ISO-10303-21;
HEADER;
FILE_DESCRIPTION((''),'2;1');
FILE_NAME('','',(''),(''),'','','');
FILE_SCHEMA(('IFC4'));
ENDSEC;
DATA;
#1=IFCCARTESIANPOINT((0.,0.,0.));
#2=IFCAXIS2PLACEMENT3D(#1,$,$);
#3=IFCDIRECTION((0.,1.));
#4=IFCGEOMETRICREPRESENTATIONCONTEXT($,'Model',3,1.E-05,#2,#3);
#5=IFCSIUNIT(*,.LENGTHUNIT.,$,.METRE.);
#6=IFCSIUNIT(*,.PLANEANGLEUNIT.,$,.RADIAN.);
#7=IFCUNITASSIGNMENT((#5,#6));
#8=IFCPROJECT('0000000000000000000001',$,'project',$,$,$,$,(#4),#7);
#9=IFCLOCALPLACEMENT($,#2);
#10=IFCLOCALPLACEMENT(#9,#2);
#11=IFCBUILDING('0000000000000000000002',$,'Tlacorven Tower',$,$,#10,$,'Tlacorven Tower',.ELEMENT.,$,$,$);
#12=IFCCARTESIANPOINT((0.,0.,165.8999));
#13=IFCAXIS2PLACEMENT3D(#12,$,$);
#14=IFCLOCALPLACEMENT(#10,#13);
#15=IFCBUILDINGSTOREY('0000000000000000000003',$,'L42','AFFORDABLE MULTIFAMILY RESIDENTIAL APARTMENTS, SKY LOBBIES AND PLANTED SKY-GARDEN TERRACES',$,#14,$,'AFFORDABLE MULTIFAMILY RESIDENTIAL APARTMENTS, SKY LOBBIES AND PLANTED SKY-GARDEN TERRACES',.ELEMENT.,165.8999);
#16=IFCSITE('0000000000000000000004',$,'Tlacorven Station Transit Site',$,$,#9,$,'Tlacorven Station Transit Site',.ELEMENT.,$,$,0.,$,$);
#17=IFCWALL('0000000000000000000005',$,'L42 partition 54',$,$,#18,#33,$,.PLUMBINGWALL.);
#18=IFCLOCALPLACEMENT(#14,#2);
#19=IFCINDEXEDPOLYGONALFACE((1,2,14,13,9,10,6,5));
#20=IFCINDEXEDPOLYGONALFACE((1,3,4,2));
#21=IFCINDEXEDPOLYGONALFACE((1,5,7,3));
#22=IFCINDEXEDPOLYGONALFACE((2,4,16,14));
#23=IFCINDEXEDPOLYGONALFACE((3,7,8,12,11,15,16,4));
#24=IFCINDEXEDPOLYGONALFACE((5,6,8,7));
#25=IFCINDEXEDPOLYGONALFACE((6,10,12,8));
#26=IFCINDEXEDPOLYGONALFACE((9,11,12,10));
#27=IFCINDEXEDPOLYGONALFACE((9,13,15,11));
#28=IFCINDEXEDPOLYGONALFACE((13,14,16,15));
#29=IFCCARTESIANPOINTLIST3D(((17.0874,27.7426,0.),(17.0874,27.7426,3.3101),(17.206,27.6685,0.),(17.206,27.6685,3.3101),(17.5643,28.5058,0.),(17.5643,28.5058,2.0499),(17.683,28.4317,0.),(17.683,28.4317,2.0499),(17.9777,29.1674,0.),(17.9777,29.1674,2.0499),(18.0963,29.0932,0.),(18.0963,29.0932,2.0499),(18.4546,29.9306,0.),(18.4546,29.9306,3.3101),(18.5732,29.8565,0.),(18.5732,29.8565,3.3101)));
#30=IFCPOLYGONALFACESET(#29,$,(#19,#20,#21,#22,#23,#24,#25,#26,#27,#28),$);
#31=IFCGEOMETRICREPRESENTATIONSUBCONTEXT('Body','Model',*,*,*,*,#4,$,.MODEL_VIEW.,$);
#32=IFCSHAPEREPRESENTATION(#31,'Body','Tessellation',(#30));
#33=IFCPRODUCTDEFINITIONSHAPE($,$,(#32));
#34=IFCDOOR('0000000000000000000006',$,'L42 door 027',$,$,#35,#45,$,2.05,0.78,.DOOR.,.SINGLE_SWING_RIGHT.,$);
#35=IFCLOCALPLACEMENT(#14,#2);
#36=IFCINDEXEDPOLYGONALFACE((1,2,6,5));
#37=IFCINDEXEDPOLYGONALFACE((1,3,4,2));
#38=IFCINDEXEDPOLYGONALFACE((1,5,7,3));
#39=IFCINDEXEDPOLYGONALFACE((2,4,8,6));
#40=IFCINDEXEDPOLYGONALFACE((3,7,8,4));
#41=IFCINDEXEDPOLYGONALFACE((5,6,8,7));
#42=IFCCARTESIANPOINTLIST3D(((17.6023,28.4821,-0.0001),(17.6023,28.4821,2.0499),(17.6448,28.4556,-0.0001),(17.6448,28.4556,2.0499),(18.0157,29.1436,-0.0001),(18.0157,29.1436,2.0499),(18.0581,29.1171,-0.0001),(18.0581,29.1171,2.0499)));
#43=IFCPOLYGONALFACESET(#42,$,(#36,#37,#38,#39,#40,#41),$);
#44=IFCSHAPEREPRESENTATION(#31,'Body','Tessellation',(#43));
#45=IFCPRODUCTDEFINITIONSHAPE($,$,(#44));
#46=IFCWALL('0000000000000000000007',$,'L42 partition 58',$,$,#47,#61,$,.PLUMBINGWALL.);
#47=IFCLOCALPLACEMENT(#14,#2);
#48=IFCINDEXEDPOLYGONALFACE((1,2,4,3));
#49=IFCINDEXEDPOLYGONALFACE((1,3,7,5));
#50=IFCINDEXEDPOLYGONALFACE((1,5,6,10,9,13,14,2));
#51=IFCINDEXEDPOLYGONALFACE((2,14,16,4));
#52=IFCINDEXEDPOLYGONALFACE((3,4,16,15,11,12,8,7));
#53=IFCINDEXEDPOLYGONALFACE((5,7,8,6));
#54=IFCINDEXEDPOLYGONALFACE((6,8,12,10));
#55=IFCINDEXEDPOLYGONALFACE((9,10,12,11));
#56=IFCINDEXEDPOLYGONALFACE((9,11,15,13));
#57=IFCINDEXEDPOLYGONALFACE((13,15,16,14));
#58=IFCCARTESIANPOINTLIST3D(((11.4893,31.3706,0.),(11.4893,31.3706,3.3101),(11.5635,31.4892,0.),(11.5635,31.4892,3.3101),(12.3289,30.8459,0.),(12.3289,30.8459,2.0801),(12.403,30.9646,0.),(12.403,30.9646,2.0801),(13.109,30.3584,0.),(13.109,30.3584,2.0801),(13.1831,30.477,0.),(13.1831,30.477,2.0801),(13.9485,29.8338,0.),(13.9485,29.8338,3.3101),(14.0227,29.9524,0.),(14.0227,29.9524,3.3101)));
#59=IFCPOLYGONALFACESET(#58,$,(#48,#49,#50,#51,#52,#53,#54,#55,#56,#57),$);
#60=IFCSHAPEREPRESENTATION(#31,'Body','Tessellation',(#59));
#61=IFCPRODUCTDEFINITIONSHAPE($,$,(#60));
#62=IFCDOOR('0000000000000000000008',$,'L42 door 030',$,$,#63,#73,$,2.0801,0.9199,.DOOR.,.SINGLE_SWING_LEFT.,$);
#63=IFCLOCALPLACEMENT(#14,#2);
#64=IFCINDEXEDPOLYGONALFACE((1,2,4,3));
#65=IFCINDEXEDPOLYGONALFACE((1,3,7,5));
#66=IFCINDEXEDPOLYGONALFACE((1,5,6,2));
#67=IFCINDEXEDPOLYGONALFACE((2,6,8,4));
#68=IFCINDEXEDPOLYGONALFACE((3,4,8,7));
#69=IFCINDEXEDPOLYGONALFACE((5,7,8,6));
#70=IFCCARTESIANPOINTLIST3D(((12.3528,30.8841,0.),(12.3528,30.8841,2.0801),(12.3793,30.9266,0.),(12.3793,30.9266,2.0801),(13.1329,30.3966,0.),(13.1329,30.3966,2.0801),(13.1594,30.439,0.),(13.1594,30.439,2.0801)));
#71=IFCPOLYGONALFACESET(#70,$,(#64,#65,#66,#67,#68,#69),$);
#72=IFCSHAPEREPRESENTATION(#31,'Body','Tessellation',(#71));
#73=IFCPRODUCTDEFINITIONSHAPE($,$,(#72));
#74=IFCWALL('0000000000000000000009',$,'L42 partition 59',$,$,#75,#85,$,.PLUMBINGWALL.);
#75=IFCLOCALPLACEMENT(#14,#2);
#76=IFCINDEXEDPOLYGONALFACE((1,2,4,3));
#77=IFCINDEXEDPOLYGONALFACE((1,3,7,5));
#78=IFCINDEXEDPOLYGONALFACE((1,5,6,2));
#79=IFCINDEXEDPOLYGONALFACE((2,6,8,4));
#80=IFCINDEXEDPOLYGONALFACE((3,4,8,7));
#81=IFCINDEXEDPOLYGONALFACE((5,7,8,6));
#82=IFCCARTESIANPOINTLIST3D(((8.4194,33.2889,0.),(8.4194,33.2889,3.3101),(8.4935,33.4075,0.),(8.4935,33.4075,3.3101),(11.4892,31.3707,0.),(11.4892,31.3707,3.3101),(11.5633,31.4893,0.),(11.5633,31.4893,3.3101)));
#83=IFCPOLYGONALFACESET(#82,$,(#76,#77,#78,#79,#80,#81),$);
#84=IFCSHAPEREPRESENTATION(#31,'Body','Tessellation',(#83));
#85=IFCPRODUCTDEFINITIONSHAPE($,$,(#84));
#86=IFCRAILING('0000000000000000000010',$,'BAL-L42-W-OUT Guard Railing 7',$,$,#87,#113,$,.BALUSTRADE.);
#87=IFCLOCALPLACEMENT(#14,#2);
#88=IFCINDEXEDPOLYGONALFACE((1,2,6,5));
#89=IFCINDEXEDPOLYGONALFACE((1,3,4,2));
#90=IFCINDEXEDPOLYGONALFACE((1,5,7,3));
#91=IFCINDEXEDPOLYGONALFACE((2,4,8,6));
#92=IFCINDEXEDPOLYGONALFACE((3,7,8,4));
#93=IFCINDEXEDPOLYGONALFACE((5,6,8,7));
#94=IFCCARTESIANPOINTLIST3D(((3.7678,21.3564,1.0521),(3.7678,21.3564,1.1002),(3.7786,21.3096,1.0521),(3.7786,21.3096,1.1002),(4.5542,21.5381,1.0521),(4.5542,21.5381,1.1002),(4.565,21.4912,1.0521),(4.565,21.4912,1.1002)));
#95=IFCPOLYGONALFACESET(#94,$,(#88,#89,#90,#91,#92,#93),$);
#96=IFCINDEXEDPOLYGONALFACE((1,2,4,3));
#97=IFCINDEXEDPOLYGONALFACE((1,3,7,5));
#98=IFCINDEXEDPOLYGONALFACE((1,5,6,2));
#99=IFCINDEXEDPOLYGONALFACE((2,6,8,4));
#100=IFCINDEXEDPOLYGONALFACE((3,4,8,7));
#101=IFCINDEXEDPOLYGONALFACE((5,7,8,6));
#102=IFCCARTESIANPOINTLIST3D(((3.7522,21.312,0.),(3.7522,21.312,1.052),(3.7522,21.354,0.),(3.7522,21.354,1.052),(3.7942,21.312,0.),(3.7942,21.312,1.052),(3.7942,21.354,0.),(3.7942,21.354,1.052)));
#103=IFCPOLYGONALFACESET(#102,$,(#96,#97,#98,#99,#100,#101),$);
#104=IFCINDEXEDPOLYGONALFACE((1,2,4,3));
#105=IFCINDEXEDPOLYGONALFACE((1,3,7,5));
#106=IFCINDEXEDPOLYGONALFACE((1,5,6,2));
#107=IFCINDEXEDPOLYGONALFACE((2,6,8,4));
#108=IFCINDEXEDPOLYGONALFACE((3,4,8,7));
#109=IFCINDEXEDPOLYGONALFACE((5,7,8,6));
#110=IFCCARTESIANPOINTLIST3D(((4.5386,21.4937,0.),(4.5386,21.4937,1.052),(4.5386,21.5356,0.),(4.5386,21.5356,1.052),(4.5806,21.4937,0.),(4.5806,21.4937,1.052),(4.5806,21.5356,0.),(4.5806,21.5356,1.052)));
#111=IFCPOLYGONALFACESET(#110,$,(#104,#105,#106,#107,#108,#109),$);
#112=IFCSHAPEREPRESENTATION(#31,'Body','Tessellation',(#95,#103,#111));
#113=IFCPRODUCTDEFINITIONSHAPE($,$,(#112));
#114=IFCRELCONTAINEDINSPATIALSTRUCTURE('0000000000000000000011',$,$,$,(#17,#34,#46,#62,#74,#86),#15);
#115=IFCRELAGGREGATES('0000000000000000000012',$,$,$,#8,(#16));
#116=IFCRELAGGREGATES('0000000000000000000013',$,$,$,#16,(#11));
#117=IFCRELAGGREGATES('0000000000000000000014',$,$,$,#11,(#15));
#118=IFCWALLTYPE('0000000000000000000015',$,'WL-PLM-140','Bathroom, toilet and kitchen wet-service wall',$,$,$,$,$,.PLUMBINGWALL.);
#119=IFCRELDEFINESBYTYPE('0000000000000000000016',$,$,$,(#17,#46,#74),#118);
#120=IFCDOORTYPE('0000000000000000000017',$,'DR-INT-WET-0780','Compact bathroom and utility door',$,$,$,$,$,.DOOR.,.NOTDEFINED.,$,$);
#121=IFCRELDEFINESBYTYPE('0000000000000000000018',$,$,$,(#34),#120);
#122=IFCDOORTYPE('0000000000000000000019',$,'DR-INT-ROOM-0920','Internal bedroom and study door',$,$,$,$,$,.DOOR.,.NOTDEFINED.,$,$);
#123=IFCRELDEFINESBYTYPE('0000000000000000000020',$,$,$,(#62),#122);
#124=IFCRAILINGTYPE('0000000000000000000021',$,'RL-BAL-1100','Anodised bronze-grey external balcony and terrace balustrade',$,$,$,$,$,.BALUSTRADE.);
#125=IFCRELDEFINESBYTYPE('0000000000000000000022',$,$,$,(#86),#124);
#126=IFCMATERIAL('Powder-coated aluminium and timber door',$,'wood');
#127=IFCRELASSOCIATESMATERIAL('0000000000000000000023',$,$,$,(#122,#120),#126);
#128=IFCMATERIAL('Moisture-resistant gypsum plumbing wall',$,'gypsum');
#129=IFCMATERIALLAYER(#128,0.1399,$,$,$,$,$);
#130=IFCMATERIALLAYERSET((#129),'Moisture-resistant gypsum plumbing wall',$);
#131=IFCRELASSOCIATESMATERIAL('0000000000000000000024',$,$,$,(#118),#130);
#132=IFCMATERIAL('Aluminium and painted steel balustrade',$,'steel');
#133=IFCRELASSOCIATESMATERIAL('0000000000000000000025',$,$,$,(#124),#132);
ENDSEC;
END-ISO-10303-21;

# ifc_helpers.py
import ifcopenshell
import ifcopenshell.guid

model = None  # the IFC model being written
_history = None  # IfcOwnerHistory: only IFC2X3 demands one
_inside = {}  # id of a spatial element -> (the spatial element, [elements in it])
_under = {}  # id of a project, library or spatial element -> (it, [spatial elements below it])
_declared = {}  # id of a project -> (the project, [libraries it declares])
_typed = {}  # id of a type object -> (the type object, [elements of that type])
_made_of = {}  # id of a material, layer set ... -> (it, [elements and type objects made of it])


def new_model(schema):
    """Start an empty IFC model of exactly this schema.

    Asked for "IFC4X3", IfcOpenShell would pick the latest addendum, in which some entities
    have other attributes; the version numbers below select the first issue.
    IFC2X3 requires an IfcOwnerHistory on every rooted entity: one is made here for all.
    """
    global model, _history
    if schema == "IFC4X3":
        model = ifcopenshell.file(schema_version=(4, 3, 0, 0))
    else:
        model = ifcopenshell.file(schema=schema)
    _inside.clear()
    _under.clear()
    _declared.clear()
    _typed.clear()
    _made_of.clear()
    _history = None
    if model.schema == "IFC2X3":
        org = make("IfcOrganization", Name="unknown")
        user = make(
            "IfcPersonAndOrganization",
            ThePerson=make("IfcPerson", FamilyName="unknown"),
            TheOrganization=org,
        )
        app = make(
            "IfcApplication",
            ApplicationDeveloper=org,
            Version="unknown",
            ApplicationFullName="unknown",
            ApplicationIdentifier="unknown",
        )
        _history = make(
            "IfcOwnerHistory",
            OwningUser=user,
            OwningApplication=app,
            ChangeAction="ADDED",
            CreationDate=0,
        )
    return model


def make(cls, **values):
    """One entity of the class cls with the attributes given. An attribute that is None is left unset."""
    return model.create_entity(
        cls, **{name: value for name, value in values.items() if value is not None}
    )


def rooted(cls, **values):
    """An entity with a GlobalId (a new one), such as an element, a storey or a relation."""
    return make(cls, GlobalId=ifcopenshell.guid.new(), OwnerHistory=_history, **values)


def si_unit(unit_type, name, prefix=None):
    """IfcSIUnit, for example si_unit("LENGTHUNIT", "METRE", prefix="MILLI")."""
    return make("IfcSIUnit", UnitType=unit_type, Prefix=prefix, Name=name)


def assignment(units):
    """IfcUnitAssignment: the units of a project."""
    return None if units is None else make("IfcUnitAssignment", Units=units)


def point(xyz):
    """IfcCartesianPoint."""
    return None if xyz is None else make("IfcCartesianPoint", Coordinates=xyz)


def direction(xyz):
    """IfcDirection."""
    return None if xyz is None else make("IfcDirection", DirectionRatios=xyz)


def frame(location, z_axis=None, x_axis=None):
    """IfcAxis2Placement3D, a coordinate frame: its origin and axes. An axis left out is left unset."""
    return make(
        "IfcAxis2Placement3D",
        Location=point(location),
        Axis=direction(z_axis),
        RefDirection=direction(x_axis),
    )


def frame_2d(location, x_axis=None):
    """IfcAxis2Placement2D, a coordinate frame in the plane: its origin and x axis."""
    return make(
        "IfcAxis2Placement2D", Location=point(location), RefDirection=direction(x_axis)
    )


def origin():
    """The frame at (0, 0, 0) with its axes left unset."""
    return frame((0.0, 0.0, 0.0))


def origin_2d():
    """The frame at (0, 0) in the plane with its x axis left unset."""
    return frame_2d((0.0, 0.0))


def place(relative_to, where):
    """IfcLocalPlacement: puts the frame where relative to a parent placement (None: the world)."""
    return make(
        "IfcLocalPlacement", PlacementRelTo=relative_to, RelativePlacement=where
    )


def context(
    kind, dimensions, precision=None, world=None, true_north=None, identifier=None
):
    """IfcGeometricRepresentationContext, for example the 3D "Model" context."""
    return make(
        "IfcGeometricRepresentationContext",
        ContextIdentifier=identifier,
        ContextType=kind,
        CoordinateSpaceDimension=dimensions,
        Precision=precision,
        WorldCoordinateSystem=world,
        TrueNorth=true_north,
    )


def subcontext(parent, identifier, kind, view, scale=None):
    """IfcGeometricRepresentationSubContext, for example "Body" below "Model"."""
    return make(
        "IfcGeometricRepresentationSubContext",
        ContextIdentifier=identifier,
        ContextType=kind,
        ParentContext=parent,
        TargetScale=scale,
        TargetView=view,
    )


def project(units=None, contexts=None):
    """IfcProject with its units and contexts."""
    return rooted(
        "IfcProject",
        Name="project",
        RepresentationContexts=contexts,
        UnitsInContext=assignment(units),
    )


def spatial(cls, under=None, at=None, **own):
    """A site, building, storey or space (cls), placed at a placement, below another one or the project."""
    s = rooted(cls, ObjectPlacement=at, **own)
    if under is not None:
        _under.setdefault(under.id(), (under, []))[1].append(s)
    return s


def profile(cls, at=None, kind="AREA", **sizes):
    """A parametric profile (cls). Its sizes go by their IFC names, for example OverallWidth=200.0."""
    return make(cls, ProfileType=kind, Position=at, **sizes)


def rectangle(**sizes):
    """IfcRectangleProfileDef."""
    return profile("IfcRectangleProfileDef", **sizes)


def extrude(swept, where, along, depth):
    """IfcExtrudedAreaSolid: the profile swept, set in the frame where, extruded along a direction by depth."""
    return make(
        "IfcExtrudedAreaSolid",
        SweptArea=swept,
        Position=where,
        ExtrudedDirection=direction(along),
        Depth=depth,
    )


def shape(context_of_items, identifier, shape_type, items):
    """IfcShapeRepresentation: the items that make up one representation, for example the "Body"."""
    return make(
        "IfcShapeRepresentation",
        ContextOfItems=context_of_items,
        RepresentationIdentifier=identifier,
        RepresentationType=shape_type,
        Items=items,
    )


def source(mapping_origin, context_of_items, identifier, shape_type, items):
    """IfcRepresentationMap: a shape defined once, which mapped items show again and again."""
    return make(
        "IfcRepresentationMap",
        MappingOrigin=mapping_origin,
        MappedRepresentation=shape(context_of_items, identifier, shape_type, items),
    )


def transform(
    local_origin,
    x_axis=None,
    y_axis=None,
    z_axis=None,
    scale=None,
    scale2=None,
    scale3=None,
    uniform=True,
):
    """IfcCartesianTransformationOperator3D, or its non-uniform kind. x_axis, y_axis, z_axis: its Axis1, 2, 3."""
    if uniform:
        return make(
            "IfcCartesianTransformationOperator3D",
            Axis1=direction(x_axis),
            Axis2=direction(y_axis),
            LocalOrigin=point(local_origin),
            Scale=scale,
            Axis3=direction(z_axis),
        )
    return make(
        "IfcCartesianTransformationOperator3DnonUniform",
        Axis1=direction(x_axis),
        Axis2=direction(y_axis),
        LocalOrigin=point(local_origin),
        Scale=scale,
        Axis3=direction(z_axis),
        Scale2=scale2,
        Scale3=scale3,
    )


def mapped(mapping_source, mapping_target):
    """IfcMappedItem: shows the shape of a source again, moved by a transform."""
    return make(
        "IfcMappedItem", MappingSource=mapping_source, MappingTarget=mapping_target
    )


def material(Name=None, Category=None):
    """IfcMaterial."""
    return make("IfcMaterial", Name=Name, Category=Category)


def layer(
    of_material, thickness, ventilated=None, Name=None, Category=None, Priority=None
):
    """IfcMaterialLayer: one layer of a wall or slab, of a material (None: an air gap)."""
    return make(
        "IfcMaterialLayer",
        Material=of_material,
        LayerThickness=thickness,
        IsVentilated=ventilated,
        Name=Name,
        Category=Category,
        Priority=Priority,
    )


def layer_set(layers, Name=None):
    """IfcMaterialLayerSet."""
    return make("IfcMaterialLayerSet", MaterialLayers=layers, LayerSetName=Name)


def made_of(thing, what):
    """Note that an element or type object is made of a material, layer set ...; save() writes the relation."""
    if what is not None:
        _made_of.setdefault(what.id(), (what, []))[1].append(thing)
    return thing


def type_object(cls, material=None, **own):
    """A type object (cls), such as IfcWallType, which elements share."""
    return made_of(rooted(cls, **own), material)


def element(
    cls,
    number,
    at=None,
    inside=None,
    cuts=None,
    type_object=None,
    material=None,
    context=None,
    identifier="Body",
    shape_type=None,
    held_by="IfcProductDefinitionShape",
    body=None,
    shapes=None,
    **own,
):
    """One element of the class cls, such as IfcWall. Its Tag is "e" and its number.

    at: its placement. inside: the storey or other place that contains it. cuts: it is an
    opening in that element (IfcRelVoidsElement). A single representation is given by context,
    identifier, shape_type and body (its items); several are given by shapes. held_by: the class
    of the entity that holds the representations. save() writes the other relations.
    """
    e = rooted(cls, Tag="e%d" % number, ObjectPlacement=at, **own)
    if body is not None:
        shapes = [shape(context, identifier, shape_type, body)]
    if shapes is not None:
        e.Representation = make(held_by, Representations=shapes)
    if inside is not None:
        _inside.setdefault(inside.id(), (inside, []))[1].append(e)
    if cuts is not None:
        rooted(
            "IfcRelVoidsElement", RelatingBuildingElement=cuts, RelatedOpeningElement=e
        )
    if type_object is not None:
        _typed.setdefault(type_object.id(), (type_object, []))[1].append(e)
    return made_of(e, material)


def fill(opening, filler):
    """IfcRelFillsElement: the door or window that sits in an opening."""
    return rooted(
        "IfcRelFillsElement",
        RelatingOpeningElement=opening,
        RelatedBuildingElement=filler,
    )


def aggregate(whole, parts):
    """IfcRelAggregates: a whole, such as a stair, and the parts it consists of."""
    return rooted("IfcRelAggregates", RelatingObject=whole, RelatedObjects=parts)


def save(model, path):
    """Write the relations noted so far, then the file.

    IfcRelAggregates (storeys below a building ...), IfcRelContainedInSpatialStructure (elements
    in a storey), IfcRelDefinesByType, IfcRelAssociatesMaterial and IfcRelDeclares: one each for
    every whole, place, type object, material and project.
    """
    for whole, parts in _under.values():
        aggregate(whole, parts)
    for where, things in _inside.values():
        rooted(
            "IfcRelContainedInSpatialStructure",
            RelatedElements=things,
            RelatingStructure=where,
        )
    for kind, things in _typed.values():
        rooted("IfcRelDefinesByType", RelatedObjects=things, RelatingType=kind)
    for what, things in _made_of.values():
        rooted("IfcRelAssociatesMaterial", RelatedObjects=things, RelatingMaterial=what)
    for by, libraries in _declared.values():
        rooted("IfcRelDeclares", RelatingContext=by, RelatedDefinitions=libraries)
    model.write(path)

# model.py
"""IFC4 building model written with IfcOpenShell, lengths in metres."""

from ifc_helpers import new_model, si_unit, direction, frame, frame_2d, origin, origin_2d, place, context, subcontext, project, spatial, rectangle, extrude, source, transform, mapped, material, layer, layer_set, type_object, element, fill, save


model = new_model("IFC4")

# Units and contexts
model_context = context("Model", 3, precision=1e-05, world=origin(), true_north=direction((0.0, 1.0)))
body_context = subcontext(model_context, "Body", "Model", "MODEL_VIEW")
ifc_project = project(units=[si_unit("LENGTHUNIT", "METRE"), si_unit("PLANEANGLEUNIT", "RADIAN")], contexts=[model_context])

# Site, building, storey
site_placement = place(None, origin())
site = spatial("IfcSite", under=ifc_project, at=site_placement, Name="Tlacorven Station Transit Site", LongName="Tlacorven Station Transit Site", CompositionType="ELEMENT", RefElevation=0.0)
building_placement = place(site_placement, origin())
building = spatial("IfcBuilding", under=site, at=building_placement, Name="Tlacorven Tower", LongName="Tlacorven Tower", CompositionType="ELEMENT")
storey_placement = place(building_placement, frame((0.0, 0.0, 165.8999)))
storey = spatial("IfcBuildingStorey", under=building, at=storey_placement, Name="L42", Description="AFFORDABLE MULTIFAMILY RESIDENTIAL APARTMENTS, SKY LOBBIES AND PLANTED SKY-GARDEN TERRACES", LongName="AFFORDABLE MULTIFAMILY RESIDENTIAL APARTMENTS, SKY LOBBIES AND PLANTED SKY-GARDEN TERRACES", CompositionType="ELEMENT", Elevation=165.8999)

# Walls, openings, doors
ifc_material_1 = material(Name="Powder-coated aluminium and timber door", Category="wood")
door_type_1 = type_object("IfcDoorType", Name="DR-INT-ROOM-0920", Description="Internal bedroom and study door", OperationType="NOTDEFINED", PredefinedType="DOOR", material=ifc_material_1)
shared_shape_1 = source(origin(), body_context, "Body", "SweptSolid", [
    extrude(rectangle(XDim=0.9199, YDim=2.0801, at=frame_2d((0.46, 1.04))), frame((0.0, 0.0249, 0.0), z_axis=(0.0, -1.0, 0.0), x_axis=(1.0, 0.0, 0.0)), (0.0, 0.0, 1.0), 0.05),
])
ifc_material_2 = material(Name="Moisture-resistant gypsum plumbing wall", Category="gypsum")
ifc_layer_1 = layer(ifc_material_2, 0.1399)
ifc_layer_set_1 = layer_set([ifc_layer_1], Name="Moisture-resistant gypsum plumbing wall")
wall_type_1 = type_object("IfcWallType", Name="WL-PLM-140", Description="Bathroom, toilet and kitchen wet-service wall", PredefinedType="PLUMBINGWALL", material=ifc_layer_set_1)
wall_1_placement = place(storey_placement, frame((18.5139, 29.8936, 0.0), z_axis=(0.0, 0.0, 1.0), x_axis=(-0.529914, -0.848051, 0.0)))
wall_1 = element("IfcWall", 1, at=wall_1_placement, inside=storey, type_object=wall_type_1, Name="L42 partition 54", PredefinedType="PLUMBINGWALL", context=body_context, shape_type="SweptSolid", body=[
    extrude(rectangle(XDim=2.5801, YDim=0.1399, at=frame_2d((1.29, 0.0))), origin(), (0.0, 0.0, 1.0), 3.3101),
])
opening_1_placement = place(wall_1_placement, frame((0.8999, 0.0, 0.0)))
opening_1 = element("IfcOpeningElement", 2, at=opening_1_placement, cuts=wall_1, PredefinedType="OPENING", context=body_context, shape_type="SweptSolid", body=[
    extrude(rectangle(XDim=0.78, YDim=2.05, at=frame_2d((0.3901, 1.0249))), frame((0.0, 0.0801, 0.0), z_axis=(0.0, -1.0, 0.0), x_axis=(1.0, 0.0, 0.0)), (0.0, 0.0, 1.0), 0.1599),
])
door_type_2 = type_object("IfcDoorType", Name="DR-INT-WET-0780", Description="Compact bathroom and utility door", OperationType="NOTDEFINED", PredefinedType="DOOR", material=ifc_material_1)
shared_shape_2 = source(origin(), body_context, "Body", "SweptSolid", [
    extrude(rectangle(XDim=0.78, YDim=2.05, at=frame_2d((0.3901, 1.0249))), frame((0.0, 0.0249, 0.0), z_axis=(0.0, -1.0, 0.0), x_axis=(1.0, 0.0, 0.0)), (0.0, 0.0, 1.0), 0.05),
])
door_1_placement = place(opening_1_placement, origin())
door_1 = element("IfcDoor", 3, at=door_1_placement, inside=storey, type_object=door_type_2, Name="L42 door 027", OperationType="SINGLE_SWING_RIGHT", OverallHeight=2.05, OverallWidth=0.78, PredefinedType="DOOR", context=body_context, shape_type="MappedRepresentation", body=[
    mapped(shared_shape_2, transform((0.0, 0.0, 0.0), scale=1.0)),
])
fill(opening_1, door_1)
wall_2_placement = place(storey_placement, frame((13.9856, 29.8931, 0.0), z_axis=(0.0, 0.0, 1.0), x_axis=(-0.848022, 0.529961, 0.0)))
wall_2 = element("IfcWall", 4, at=wall_2_placement, inside=storey, type_object=wall_type_1, Name="L42 partition 58", PredefinedType="PLUMBINGWALL", context=body_context, shape_type="SweptSolid", body=[
    extrude(rectangle(XDim=2.8999, YDim=0.1399, at=frame_2d((1.45, 0.0))), origin(), (0.0, 0.0, 1.0), 3.3101),
])
opening_2_placement = place(wall_2_placement, frame((0.99, 0.0, 0.0)))
opening_2 = element("IfcOpeningElement", 5, at=opening_2_placement, cuts=wall_2, PredefinedType="OPENING", context=body_context, shape_type="SweptSolid", body=[
    extrude(rectangle(XDim=0.9199, YDim=2.0801, at=frame_2d((0.46, 1.04))), frame((0.0, 0.0801, 0.0), z_axis=(0.0, -1.0, 0.0), x_axis=(1.0, 0.0, 0.0)), (0.0, 0.0, 1.0), 0.1599),
])
door_2_placement = place(opening_2_placement, origin())
door_2 = element("IfcDoor", 6, at=door_2_placement, inside=storey, type_object=door_type_1, Name="L42 door 030", OperationType="SINGLE_SWING_LEFT", OverallHeight=2.0801, OverallWidth=0.9199, PredefinedType="DOOR", context=body_context, shape_type="MappedRepresentation", body=[
    mapped(shared_shape_1, transform((0.0, 0.0, 0.0), scale=1.0)),
])
fill(opening_2, door_2)

# Wall
wall_3_placement = place(storey_placement, frame((11.5264, 31.4299, 0.0), z_axis=(0.0, 0.0, 1.0), x_axis=(-0.848051, 0.529914, 0.0)))
element("IfcWall", 7, at=wall_3_placement, inside=storey, type_object=wall_type_1, Name="L42 partition 59", PredefinedType="PLUMBINGWALL", context=body_context, shape_type="SweptSolid", body=[
    extrude(rectangle(XDim=3.6199, YDim=0.1399, at=frame_2d((1.8101, 0.0))), origin(), (0.0, 0.0, 1.0), 3.3101),
])

# Railing
ifc_material_3 = material(Name="Aluminium and painted steel balustrade", Category="steel")
railing_type = type_object("IfcRailingType", Name="RL-BAL-1100", Description="Anodised bronze-grey external balcony and terrace balustrade", PredefinedType="BALUSTRADE", material=ifc_material_3)
shared_shape_3 = source(origin(), body_context, "Body", "SweptSolid", [
    extrude(rectangle(XDim=0.0481, YDim=0.0481, at=origin_2d()), frame((0.0, 0.0, 1.0762), z_axis=(0.974345, 0.225058, 0.0), x_axis=(-0.225058, 0.974345, 0.0)), (0.0, 0.0, 1.0), 0.8071),
    extrude(rectangle(XDim=0.042, YDim=0.042, at=origin_2d()), origin(), (0.0, 0.0, 1.0), 1.052),
    extrude(rectangle(XDim=0.042, YDim=0.042, at=origin_2d()), frame((0.7864, 0.1816, 0.0)), (0.0, 0.0, 1.0), 1.052),
])
railing_placement = place(storey_placement, frame((3.7732, 21.333, 0.0)))
element("IfcRailing", 8, at=railing_placement, inside=storey, type_object=railing_type, Name="BAL-L42-W-OUT Guard Railing 7", PredefinedType="BALUSTRADE", context=body_context, shape_type="MappedRepresentation", body=[
    mapped(shared_shape_3, transform((0.0, 0.0, 0.0), scale=1.0)),
])

save(model, "model.ifc")
